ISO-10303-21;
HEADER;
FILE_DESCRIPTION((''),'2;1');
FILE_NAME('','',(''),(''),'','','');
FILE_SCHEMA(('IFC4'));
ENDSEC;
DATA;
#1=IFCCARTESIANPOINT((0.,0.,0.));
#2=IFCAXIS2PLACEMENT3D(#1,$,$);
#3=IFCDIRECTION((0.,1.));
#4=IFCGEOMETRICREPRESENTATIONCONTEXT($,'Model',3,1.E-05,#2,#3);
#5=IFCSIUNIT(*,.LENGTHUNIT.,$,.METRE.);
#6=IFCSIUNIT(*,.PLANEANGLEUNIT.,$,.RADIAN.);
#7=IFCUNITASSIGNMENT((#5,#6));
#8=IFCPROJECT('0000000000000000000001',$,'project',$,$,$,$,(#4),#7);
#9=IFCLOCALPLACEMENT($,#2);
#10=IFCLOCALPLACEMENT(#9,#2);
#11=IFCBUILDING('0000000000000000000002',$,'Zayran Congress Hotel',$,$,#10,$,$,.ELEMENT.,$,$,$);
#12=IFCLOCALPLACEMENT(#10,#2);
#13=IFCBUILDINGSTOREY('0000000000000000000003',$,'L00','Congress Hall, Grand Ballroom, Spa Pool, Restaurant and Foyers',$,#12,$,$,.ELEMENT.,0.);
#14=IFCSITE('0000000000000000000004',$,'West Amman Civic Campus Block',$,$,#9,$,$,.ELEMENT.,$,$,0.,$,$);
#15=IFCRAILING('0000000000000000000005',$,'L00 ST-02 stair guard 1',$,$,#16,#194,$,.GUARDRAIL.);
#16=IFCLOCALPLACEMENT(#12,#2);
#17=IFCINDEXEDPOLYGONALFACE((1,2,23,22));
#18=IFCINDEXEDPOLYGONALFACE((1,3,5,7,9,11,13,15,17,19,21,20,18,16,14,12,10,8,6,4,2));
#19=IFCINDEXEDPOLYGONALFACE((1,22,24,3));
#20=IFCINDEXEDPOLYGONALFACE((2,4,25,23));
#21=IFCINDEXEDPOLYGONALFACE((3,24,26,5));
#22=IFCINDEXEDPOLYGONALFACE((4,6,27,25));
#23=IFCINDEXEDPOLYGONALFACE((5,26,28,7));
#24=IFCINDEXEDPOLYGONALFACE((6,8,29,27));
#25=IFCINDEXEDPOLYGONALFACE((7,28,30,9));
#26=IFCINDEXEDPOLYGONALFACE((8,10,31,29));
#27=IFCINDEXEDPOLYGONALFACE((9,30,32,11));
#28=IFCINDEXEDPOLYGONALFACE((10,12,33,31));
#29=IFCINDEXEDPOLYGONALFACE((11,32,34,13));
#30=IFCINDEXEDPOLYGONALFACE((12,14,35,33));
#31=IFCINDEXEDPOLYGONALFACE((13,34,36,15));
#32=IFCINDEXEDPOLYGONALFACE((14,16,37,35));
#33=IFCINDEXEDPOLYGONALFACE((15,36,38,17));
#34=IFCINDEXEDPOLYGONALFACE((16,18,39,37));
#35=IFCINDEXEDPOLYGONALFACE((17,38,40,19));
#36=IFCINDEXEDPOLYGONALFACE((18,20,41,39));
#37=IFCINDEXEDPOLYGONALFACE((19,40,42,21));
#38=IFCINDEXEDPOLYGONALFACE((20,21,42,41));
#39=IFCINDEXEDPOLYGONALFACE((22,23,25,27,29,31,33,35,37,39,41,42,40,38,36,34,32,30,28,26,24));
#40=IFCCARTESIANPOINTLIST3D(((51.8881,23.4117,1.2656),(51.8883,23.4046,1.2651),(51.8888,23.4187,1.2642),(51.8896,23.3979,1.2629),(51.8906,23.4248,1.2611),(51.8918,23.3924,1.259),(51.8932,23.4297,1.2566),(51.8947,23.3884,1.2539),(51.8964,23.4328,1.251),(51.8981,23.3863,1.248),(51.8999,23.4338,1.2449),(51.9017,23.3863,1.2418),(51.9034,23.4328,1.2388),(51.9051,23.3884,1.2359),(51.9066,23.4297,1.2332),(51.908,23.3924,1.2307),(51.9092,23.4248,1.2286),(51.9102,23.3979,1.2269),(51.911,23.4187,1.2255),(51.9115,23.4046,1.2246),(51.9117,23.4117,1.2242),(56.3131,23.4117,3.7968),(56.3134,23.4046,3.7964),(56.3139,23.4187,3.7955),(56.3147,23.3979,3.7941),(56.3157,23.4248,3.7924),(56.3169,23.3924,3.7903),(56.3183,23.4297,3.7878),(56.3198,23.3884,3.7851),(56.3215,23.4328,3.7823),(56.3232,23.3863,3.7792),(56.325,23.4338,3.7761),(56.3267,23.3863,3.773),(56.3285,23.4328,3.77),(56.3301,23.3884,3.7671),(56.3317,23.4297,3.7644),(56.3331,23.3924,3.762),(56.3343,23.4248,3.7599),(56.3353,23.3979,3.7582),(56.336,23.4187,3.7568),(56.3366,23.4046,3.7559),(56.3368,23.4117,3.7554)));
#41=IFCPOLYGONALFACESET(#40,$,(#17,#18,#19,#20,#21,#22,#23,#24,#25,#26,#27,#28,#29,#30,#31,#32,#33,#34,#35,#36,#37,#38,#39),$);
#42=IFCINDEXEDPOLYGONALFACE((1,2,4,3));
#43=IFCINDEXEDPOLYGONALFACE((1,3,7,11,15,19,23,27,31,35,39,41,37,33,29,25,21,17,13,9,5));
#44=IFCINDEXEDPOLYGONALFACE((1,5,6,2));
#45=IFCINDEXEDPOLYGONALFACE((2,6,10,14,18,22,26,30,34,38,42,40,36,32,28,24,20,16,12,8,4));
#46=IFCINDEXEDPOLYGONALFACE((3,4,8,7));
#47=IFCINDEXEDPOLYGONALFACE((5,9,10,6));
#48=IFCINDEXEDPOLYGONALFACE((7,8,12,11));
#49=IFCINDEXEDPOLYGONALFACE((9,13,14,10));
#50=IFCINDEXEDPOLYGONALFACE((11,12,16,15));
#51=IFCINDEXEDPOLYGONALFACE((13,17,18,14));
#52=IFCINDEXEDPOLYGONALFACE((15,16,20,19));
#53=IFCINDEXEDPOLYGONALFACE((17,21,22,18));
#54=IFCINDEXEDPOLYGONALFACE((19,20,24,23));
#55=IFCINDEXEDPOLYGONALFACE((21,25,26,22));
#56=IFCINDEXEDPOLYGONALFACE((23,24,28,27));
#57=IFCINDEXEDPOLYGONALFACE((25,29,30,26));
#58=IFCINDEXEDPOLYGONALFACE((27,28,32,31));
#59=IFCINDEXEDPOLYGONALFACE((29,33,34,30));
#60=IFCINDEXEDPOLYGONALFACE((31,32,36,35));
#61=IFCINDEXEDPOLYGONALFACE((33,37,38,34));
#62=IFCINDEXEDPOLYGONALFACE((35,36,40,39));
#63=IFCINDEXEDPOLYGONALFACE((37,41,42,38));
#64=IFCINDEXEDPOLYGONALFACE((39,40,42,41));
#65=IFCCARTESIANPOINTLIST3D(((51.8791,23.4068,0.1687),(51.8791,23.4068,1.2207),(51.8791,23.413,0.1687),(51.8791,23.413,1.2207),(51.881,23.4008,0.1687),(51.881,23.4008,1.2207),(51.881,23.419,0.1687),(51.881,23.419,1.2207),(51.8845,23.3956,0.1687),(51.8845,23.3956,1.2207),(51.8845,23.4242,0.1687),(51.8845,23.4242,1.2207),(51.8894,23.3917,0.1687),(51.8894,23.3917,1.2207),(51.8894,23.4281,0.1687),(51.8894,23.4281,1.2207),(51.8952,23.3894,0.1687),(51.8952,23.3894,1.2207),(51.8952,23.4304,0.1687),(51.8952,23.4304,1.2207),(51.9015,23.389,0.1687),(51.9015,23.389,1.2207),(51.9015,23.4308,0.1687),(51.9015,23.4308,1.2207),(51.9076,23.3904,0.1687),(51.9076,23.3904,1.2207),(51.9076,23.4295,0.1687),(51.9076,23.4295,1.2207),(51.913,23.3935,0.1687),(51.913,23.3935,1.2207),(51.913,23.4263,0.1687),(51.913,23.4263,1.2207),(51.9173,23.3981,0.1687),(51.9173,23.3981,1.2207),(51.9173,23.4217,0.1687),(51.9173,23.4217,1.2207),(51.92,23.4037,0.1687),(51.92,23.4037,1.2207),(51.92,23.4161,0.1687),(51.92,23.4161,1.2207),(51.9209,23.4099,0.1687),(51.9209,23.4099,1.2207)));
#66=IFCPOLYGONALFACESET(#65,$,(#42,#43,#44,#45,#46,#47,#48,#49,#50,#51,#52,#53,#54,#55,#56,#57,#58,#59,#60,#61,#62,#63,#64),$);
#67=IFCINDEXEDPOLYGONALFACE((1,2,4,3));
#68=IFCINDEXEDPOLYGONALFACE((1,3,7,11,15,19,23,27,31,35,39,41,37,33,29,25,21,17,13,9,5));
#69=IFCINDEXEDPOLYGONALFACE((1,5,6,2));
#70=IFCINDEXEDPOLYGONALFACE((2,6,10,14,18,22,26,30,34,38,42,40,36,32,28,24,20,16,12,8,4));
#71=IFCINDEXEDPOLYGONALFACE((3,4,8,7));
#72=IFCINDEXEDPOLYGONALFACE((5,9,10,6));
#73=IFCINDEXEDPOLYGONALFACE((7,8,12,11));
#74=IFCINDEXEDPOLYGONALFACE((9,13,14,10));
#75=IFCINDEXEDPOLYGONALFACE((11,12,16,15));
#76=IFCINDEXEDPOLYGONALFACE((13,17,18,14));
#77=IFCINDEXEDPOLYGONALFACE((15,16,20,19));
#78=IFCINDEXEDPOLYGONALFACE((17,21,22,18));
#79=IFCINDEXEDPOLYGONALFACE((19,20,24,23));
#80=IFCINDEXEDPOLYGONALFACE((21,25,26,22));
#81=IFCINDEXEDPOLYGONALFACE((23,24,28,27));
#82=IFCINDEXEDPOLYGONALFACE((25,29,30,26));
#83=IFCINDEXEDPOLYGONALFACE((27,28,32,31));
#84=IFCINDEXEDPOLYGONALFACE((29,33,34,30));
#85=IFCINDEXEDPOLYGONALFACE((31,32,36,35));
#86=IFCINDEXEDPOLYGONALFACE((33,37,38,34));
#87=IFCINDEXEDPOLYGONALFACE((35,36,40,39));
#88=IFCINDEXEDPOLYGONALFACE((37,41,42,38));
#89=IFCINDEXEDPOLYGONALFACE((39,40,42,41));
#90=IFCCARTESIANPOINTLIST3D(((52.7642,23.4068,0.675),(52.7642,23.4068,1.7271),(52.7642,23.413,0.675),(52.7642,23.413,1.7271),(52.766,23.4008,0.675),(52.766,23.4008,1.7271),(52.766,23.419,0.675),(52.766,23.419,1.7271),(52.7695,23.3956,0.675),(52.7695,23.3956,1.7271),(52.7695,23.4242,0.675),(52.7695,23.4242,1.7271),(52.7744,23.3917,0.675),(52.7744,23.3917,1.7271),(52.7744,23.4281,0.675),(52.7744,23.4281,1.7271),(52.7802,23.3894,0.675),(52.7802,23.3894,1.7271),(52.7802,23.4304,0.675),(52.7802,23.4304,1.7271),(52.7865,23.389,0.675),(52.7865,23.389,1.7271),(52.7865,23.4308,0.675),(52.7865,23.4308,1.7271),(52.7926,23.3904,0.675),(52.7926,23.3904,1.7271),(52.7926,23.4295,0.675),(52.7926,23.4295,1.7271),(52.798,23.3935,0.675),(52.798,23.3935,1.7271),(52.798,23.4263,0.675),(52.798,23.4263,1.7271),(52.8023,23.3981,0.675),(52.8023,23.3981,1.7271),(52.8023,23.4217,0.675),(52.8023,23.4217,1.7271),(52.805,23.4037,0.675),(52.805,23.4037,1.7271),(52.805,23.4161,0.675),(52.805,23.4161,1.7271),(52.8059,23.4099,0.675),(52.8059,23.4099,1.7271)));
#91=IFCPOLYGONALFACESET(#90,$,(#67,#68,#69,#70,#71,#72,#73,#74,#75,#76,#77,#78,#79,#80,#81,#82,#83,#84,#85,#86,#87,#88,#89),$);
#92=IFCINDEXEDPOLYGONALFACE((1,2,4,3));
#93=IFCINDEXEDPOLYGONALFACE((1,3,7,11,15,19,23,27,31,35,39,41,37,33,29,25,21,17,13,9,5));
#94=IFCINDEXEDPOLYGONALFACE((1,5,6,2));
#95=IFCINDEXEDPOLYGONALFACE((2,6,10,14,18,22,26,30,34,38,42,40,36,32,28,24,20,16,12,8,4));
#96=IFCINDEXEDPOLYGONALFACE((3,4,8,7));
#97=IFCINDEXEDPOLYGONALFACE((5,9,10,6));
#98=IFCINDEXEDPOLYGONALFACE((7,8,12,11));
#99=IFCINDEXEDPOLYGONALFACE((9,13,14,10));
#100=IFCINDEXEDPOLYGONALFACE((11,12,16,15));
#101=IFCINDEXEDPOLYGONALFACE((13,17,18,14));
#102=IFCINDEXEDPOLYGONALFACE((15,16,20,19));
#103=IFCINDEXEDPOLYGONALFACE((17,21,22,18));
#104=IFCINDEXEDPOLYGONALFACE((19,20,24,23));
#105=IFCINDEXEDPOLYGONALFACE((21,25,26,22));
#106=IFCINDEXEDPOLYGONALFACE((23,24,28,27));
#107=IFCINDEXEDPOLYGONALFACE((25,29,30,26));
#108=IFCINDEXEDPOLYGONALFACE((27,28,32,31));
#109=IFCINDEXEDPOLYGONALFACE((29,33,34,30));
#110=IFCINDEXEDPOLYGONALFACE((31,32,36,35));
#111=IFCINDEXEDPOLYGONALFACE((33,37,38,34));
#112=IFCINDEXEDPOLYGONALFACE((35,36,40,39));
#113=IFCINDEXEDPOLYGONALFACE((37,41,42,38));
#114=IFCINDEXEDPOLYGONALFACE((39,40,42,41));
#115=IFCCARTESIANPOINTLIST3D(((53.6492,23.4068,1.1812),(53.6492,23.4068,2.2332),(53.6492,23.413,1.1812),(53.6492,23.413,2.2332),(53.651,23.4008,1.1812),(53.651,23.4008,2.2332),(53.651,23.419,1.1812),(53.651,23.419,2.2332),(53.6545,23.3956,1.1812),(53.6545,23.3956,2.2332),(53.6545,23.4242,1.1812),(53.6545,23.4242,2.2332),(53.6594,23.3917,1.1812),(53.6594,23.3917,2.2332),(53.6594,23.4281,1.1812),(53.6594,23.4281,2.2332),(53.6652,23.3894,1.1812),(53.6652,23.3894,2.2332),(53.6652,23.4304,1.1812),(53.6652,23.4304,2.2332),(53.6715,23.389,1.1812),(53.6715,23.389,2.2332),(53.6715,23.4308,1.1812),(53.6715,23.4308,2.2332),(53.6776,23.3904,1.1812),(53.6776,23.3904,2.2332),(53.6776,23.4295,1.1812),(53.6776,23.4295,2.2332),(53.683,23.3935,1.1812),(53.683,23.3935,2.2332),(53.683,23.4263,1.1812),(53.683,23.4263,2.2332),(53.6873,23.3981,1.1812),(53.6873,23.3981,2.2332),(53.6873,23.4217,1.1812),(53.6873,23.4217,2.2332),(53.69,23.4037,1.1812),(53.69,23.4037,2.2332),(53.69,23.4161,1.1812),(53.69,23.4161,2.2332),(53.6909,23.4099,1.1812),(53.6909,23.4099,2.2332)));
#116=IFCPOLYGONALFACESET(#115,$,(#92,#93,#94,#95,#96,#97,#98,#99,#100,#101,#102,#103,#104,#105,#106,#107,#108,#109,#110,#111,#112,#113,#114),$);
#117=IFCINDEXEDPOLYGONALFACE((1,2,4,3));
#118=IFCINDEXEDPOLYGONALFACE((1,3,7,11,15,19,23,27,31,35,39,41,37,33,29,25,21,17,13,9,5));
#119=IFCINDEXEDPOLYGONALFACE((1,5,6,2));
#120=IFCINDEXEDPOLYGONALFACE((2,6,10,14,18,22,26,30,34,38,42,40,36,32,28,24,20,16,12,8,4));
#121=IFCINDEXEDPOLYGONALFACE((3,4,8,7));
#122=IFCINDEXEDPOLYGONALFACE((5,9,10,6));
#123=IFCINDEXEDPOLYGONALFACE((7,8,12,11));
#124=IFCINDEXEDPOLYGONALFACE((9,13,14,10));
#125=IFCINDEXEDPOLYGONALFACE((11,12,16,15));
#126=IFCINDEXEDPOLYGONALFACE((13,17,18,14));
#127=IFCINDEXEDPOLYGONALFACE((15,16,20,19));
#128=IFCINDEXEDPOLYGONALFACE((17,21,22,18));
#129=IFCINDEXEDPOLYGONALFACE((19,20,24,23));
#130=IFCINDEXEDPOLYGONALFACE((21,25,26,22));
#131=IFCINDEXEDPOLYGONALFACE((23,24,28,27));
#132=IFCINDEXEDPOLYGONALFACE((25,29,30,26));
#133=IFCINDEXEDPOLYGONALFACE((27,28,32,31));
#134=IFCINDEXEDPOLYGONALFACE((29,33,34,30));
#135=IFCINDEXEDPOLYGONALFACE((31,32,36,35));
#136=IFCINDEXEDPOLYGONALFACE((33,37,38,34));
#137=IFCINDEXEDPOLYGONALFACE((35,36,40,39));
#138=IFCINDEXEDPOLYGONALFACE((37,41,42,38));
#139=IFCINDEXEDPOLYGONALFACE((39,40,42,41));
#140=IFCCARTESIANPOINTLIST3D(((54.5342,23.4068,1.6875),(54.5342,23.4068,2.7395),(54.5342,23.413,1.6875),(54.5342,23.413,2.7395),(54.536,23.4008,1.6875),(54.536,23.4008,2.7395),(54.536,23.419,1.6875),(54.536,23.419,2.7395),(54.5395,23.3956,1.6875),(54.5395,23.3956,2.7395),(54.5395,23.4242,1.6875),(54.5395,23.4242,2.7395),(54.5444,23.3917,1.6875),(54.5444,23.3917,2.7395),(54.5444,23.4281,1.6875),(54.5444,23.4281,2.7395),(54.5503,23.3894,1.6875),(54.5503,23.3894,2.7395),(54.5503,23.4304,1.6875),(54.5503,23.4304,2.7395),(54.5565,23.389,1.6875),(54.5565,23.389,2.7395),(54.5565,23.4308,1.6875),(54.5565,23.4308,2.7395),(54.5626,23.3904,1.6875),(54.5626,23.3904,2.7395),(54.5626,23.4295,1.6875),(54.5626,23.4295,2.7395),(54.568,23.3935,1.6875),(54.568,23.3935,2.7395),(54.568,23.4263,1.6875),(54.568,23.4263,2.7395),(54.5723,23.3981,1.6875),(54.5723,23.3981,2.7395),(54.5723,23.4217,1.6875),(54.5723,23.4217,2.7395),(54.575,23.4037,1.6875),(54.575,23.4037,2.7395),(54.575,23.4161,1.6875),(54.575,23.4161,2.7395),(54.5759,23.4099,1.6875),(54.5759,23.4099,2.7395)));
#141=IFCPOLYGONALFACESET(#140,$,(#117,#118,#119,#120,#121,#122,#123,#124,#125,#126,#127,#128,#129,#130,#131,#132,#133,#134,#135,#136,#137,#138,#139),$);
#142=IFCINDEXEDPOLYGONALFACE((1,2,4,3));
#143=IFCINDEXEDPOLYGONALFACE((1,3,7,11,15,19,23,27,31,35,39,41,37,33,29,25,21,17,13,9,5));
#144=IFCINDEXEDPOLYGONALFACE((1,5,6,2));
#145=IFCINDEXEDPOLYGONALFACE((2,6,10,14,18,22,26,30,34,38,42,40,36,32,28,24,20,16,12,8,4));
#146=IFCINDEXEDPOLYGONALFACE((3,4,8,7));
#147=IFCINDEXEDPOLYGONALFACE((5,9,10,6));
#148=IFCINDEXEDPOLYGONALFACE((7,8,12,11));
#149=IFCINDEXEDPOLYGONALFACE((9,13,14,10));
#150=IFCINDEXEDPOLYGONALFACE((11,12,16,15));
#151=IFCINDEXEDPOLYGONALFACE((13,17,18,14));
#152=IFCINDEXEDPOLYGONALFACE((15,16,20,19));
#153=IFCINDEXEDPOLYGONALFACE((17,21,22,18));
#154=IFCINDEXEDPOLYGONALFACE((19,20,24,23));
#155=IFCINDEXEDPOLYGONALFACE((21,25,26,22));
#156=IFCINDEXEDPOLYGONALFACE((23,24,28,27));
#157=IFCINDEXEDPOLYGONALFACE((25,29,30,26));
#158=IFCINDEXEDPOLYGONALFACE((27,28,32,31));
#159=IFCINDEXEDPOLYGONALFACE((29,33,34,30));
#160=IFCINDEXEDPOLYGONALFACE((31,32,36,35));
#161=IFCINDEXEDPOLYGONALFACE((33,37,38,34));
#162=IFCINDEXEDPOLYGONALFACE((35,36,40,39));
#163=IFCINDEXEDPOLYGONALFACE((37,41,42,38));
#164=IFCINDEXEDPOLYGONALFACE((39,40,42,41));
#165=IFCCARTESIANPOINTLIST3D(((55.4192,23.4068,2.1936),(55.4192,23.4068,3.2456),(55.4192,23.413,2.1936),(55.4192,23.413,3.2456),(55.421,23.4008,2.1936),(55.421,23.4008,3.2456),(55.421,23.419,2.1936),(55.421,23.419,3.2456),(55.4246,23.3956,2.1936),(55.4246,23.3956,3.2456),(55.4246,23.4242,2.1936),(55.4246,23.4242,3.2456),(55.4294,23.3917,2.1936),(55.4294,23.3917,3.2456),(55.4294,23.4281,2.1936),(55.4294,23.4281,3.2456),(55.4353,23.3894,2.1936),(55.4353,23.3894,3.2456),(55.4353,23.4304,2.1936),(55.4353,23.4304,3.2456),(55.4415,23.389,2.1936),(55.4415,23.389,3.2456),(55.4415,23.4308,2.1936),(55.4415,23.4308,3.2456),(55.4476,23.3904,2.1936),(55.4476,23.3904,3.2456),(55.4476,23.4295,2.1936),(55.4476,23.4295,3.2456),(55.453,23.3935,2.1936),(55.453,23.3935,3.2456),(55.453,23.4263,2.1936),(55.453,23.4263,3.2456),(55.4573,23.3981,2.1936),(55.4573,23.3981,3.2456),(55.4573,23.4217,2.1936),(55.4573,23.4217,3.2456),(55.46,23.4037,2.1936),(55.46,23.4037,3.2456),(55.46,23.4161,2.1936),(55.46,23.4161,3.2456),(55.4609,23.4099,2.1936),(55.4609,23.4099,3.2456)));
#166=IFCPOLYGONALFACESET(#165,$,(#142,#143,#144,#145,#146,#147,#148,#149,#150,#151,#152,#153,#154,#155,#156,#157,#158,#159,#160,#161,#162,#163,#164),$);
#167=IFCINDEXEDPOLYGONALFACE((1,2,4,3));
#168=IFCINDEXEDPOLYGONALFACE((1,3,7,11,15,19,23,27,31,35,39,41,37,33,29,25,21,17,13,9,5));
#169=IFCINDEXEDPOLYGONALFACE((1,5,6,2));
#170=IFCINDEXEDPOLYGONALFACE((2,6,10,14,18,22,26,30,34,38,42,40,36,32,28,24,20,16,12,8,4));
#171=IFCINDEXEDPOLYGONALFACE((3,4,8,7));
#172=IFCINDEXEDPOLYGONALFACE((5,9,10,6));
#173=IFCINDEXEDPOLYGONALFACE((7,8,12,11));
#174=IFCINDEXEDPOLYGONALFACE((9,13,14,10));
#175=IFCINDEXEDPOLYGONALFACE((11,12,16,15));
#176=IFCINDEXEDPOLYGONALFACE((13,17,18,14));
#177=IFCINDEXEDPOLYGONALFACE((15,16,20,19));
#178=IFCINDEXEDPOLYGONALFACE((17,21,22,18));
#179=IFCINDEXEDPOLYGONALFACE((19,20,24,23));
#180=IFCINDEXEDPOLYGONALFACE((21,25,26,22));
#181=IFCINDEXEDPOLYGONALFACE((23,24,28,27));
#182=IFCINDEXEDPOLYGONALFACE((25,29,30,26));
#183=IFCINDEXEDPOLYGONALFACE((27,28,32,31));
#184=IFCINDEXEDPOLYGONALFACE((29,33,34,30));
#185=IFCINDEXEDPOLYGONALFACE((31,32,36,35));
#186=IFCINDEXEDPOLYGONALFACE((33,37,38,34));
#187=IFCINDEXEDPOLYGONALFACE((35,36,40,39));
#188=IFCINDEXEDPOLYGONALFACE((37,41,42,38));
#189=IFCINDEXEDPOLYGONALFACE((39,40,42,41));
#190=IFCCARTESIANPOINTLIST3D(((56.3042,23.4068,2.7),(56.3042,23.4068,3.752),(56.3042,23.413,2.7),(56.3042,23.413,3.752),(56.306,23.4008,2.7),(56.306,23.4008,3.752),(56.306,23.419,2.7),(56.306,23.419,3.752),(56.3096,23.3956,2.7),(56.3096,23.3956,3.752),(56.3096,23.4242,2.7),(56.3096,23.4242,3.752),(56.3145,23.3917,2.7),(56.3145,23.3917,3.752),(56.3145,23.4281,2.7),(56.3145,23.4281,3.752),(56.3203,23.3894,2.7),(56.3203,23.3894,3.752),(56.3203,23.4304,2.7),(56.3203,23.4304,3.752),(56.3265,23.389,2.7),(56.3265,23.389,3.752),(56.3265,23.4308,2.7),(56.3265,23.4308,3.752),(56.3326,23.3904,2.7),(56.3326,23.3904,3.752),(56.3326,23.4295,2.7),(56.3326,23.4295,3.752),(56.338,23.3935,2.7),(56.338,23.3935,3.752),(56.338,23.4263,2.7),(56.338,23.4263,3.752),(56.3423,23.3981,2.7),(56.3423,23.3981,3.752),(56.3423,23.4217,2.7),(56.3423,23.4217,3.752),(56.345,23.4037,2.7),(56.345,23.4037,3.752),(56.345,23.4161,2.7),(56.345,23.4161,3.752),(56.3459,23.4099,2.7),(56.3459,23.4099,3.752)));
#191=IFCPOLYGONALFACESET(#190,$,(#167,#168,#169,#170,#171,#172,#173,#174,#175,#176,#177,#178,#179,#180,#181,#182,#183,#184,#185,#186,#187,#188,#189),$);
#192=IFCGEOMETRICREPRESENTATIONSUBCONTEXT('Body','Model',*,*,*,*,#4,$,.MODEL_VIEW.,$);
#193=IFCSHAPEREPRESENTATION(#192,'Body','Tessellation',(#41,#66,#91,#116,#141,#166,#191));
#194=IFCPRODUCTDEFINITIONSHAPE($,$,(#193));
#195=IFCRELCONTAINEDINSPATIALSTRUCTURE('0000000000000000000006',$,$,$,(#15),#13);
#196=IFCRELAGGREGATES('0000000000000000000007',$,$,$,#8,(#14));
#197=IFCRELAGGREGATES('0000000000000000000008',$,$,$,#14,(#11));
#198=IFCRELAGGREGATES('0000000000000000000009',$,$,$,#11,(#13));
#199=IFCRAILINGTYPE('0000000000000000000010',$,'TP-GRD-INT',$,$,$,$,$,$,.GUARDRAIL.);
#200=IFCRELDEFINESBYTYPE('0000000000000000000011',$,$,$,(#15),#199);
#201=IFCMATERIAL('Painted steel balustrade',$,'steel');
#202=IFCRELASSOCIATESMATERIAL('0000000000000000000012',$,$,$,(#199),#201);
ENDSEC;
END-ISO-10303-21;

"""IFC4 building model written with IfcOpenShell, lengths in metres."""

from ifc_helpers import new_model, si_unit, direction, frame, origin, origin_2d, place, context, subcontext, project, spatial, circle, extrude, material, type_object, element, save


model = new_model("IFC4")

# Units and contexts
model_context = context("Model", 3, precision=1e-05, world=origin(), true_north=direction((0.0, 1.0)))
body_context = subcontext(model_context, "Body", "Model", "MODEL_VIEW")
ifc_project = project(units=[si_unit("LENGTHUNIT", "METRE"), si_unit("PLANEANGLEUNIT", "RADIAN")], contexts=[model_context])

# Site, building, storey
site_placement = place(None, origin())
site = spatial("IfcSite", under=ifc_project, at=site_placement, Name="West Amman Civic Campus Block", CompositionType="ELEMENT", RefElevation=0.0)
building_placement = place(site_placement, origin())
building = spatial("IfcBuilding", under=site, at=building_placement, Name="Zayran Congress Hotel", CompositionType="ELEMENT")
storey_placement = place(building_placement, origin())
storey = spatial("IfcBuildingStorey", under=building, at=storey_placement, Name="L00", Description="Congress Hall, Grand Ballroom, Spa Pool, Restaurant and Foyers", CompositionType="ELEMENT", Elevation=0.0)

# Railing
ifc_material_1 = material(Name="Painted steel balustrade", Category="steel")
railing_type_1 = type_object("IfcRailingType", Name="TP-GRD-INT", PredefinedType="GUARDRAIL", material=ifc_material_1)
railing_1_placement = place(storey_placement, frame((51.8999, 23.4099, 0.1687)))
element("IfcRailing", 1, at=railing_1_placement, inside=storey, type_object=railing_type_1, Name="L00 ST-02 stair guard 1", PredefinedType="GUARDRAIL", context=body_context, shape_type="SweptSolid", body=[
    extrude(circle(Radius=0.0239, at=origin_2d()), frame((0.0, 0.0, 1.0762), z_axis=(0.868019, 0.0, 0.496531), x_axis=(0.0, 1.0, 0.0)), (0.0, 0.0, 1.0), 5.0979),
    extrude(circle(Radius=0.021, at=origin_2d()), origin(), (0.0, 0.0, 1.0), 1.052),
    extrude(circle(Radius=0.021, at=origin_2d()), frame((0.885, 0.0, 0.5063)), (0.0, 0.0, 1.0), 1.052),
    extrude(circle(Radius=0.021, at=origin_2d()), frame((1.77, 0.0, 1.0125)), (0.0, 0.0, 1.0), 1.052),
    extrude(circle(Radius=0.021, at=origin_2d()), frame((2.655, 0.0, 1.5188)), (0.0, 0.0, 1.0), 1.052),
    extrude(circle(Radius=0.021, at=origin_2d()), frame((3.54, 0.0, 2.0249)), (0.0, 0.0, 1.0), 1.052),
    extrude(circle(Radius=0.021, at=origin_2d()), frame((4.425, 0.0, 2.5312)), (0.0, 0.0, 1.0), 1.052),
])

save(model, "model.ifc")
